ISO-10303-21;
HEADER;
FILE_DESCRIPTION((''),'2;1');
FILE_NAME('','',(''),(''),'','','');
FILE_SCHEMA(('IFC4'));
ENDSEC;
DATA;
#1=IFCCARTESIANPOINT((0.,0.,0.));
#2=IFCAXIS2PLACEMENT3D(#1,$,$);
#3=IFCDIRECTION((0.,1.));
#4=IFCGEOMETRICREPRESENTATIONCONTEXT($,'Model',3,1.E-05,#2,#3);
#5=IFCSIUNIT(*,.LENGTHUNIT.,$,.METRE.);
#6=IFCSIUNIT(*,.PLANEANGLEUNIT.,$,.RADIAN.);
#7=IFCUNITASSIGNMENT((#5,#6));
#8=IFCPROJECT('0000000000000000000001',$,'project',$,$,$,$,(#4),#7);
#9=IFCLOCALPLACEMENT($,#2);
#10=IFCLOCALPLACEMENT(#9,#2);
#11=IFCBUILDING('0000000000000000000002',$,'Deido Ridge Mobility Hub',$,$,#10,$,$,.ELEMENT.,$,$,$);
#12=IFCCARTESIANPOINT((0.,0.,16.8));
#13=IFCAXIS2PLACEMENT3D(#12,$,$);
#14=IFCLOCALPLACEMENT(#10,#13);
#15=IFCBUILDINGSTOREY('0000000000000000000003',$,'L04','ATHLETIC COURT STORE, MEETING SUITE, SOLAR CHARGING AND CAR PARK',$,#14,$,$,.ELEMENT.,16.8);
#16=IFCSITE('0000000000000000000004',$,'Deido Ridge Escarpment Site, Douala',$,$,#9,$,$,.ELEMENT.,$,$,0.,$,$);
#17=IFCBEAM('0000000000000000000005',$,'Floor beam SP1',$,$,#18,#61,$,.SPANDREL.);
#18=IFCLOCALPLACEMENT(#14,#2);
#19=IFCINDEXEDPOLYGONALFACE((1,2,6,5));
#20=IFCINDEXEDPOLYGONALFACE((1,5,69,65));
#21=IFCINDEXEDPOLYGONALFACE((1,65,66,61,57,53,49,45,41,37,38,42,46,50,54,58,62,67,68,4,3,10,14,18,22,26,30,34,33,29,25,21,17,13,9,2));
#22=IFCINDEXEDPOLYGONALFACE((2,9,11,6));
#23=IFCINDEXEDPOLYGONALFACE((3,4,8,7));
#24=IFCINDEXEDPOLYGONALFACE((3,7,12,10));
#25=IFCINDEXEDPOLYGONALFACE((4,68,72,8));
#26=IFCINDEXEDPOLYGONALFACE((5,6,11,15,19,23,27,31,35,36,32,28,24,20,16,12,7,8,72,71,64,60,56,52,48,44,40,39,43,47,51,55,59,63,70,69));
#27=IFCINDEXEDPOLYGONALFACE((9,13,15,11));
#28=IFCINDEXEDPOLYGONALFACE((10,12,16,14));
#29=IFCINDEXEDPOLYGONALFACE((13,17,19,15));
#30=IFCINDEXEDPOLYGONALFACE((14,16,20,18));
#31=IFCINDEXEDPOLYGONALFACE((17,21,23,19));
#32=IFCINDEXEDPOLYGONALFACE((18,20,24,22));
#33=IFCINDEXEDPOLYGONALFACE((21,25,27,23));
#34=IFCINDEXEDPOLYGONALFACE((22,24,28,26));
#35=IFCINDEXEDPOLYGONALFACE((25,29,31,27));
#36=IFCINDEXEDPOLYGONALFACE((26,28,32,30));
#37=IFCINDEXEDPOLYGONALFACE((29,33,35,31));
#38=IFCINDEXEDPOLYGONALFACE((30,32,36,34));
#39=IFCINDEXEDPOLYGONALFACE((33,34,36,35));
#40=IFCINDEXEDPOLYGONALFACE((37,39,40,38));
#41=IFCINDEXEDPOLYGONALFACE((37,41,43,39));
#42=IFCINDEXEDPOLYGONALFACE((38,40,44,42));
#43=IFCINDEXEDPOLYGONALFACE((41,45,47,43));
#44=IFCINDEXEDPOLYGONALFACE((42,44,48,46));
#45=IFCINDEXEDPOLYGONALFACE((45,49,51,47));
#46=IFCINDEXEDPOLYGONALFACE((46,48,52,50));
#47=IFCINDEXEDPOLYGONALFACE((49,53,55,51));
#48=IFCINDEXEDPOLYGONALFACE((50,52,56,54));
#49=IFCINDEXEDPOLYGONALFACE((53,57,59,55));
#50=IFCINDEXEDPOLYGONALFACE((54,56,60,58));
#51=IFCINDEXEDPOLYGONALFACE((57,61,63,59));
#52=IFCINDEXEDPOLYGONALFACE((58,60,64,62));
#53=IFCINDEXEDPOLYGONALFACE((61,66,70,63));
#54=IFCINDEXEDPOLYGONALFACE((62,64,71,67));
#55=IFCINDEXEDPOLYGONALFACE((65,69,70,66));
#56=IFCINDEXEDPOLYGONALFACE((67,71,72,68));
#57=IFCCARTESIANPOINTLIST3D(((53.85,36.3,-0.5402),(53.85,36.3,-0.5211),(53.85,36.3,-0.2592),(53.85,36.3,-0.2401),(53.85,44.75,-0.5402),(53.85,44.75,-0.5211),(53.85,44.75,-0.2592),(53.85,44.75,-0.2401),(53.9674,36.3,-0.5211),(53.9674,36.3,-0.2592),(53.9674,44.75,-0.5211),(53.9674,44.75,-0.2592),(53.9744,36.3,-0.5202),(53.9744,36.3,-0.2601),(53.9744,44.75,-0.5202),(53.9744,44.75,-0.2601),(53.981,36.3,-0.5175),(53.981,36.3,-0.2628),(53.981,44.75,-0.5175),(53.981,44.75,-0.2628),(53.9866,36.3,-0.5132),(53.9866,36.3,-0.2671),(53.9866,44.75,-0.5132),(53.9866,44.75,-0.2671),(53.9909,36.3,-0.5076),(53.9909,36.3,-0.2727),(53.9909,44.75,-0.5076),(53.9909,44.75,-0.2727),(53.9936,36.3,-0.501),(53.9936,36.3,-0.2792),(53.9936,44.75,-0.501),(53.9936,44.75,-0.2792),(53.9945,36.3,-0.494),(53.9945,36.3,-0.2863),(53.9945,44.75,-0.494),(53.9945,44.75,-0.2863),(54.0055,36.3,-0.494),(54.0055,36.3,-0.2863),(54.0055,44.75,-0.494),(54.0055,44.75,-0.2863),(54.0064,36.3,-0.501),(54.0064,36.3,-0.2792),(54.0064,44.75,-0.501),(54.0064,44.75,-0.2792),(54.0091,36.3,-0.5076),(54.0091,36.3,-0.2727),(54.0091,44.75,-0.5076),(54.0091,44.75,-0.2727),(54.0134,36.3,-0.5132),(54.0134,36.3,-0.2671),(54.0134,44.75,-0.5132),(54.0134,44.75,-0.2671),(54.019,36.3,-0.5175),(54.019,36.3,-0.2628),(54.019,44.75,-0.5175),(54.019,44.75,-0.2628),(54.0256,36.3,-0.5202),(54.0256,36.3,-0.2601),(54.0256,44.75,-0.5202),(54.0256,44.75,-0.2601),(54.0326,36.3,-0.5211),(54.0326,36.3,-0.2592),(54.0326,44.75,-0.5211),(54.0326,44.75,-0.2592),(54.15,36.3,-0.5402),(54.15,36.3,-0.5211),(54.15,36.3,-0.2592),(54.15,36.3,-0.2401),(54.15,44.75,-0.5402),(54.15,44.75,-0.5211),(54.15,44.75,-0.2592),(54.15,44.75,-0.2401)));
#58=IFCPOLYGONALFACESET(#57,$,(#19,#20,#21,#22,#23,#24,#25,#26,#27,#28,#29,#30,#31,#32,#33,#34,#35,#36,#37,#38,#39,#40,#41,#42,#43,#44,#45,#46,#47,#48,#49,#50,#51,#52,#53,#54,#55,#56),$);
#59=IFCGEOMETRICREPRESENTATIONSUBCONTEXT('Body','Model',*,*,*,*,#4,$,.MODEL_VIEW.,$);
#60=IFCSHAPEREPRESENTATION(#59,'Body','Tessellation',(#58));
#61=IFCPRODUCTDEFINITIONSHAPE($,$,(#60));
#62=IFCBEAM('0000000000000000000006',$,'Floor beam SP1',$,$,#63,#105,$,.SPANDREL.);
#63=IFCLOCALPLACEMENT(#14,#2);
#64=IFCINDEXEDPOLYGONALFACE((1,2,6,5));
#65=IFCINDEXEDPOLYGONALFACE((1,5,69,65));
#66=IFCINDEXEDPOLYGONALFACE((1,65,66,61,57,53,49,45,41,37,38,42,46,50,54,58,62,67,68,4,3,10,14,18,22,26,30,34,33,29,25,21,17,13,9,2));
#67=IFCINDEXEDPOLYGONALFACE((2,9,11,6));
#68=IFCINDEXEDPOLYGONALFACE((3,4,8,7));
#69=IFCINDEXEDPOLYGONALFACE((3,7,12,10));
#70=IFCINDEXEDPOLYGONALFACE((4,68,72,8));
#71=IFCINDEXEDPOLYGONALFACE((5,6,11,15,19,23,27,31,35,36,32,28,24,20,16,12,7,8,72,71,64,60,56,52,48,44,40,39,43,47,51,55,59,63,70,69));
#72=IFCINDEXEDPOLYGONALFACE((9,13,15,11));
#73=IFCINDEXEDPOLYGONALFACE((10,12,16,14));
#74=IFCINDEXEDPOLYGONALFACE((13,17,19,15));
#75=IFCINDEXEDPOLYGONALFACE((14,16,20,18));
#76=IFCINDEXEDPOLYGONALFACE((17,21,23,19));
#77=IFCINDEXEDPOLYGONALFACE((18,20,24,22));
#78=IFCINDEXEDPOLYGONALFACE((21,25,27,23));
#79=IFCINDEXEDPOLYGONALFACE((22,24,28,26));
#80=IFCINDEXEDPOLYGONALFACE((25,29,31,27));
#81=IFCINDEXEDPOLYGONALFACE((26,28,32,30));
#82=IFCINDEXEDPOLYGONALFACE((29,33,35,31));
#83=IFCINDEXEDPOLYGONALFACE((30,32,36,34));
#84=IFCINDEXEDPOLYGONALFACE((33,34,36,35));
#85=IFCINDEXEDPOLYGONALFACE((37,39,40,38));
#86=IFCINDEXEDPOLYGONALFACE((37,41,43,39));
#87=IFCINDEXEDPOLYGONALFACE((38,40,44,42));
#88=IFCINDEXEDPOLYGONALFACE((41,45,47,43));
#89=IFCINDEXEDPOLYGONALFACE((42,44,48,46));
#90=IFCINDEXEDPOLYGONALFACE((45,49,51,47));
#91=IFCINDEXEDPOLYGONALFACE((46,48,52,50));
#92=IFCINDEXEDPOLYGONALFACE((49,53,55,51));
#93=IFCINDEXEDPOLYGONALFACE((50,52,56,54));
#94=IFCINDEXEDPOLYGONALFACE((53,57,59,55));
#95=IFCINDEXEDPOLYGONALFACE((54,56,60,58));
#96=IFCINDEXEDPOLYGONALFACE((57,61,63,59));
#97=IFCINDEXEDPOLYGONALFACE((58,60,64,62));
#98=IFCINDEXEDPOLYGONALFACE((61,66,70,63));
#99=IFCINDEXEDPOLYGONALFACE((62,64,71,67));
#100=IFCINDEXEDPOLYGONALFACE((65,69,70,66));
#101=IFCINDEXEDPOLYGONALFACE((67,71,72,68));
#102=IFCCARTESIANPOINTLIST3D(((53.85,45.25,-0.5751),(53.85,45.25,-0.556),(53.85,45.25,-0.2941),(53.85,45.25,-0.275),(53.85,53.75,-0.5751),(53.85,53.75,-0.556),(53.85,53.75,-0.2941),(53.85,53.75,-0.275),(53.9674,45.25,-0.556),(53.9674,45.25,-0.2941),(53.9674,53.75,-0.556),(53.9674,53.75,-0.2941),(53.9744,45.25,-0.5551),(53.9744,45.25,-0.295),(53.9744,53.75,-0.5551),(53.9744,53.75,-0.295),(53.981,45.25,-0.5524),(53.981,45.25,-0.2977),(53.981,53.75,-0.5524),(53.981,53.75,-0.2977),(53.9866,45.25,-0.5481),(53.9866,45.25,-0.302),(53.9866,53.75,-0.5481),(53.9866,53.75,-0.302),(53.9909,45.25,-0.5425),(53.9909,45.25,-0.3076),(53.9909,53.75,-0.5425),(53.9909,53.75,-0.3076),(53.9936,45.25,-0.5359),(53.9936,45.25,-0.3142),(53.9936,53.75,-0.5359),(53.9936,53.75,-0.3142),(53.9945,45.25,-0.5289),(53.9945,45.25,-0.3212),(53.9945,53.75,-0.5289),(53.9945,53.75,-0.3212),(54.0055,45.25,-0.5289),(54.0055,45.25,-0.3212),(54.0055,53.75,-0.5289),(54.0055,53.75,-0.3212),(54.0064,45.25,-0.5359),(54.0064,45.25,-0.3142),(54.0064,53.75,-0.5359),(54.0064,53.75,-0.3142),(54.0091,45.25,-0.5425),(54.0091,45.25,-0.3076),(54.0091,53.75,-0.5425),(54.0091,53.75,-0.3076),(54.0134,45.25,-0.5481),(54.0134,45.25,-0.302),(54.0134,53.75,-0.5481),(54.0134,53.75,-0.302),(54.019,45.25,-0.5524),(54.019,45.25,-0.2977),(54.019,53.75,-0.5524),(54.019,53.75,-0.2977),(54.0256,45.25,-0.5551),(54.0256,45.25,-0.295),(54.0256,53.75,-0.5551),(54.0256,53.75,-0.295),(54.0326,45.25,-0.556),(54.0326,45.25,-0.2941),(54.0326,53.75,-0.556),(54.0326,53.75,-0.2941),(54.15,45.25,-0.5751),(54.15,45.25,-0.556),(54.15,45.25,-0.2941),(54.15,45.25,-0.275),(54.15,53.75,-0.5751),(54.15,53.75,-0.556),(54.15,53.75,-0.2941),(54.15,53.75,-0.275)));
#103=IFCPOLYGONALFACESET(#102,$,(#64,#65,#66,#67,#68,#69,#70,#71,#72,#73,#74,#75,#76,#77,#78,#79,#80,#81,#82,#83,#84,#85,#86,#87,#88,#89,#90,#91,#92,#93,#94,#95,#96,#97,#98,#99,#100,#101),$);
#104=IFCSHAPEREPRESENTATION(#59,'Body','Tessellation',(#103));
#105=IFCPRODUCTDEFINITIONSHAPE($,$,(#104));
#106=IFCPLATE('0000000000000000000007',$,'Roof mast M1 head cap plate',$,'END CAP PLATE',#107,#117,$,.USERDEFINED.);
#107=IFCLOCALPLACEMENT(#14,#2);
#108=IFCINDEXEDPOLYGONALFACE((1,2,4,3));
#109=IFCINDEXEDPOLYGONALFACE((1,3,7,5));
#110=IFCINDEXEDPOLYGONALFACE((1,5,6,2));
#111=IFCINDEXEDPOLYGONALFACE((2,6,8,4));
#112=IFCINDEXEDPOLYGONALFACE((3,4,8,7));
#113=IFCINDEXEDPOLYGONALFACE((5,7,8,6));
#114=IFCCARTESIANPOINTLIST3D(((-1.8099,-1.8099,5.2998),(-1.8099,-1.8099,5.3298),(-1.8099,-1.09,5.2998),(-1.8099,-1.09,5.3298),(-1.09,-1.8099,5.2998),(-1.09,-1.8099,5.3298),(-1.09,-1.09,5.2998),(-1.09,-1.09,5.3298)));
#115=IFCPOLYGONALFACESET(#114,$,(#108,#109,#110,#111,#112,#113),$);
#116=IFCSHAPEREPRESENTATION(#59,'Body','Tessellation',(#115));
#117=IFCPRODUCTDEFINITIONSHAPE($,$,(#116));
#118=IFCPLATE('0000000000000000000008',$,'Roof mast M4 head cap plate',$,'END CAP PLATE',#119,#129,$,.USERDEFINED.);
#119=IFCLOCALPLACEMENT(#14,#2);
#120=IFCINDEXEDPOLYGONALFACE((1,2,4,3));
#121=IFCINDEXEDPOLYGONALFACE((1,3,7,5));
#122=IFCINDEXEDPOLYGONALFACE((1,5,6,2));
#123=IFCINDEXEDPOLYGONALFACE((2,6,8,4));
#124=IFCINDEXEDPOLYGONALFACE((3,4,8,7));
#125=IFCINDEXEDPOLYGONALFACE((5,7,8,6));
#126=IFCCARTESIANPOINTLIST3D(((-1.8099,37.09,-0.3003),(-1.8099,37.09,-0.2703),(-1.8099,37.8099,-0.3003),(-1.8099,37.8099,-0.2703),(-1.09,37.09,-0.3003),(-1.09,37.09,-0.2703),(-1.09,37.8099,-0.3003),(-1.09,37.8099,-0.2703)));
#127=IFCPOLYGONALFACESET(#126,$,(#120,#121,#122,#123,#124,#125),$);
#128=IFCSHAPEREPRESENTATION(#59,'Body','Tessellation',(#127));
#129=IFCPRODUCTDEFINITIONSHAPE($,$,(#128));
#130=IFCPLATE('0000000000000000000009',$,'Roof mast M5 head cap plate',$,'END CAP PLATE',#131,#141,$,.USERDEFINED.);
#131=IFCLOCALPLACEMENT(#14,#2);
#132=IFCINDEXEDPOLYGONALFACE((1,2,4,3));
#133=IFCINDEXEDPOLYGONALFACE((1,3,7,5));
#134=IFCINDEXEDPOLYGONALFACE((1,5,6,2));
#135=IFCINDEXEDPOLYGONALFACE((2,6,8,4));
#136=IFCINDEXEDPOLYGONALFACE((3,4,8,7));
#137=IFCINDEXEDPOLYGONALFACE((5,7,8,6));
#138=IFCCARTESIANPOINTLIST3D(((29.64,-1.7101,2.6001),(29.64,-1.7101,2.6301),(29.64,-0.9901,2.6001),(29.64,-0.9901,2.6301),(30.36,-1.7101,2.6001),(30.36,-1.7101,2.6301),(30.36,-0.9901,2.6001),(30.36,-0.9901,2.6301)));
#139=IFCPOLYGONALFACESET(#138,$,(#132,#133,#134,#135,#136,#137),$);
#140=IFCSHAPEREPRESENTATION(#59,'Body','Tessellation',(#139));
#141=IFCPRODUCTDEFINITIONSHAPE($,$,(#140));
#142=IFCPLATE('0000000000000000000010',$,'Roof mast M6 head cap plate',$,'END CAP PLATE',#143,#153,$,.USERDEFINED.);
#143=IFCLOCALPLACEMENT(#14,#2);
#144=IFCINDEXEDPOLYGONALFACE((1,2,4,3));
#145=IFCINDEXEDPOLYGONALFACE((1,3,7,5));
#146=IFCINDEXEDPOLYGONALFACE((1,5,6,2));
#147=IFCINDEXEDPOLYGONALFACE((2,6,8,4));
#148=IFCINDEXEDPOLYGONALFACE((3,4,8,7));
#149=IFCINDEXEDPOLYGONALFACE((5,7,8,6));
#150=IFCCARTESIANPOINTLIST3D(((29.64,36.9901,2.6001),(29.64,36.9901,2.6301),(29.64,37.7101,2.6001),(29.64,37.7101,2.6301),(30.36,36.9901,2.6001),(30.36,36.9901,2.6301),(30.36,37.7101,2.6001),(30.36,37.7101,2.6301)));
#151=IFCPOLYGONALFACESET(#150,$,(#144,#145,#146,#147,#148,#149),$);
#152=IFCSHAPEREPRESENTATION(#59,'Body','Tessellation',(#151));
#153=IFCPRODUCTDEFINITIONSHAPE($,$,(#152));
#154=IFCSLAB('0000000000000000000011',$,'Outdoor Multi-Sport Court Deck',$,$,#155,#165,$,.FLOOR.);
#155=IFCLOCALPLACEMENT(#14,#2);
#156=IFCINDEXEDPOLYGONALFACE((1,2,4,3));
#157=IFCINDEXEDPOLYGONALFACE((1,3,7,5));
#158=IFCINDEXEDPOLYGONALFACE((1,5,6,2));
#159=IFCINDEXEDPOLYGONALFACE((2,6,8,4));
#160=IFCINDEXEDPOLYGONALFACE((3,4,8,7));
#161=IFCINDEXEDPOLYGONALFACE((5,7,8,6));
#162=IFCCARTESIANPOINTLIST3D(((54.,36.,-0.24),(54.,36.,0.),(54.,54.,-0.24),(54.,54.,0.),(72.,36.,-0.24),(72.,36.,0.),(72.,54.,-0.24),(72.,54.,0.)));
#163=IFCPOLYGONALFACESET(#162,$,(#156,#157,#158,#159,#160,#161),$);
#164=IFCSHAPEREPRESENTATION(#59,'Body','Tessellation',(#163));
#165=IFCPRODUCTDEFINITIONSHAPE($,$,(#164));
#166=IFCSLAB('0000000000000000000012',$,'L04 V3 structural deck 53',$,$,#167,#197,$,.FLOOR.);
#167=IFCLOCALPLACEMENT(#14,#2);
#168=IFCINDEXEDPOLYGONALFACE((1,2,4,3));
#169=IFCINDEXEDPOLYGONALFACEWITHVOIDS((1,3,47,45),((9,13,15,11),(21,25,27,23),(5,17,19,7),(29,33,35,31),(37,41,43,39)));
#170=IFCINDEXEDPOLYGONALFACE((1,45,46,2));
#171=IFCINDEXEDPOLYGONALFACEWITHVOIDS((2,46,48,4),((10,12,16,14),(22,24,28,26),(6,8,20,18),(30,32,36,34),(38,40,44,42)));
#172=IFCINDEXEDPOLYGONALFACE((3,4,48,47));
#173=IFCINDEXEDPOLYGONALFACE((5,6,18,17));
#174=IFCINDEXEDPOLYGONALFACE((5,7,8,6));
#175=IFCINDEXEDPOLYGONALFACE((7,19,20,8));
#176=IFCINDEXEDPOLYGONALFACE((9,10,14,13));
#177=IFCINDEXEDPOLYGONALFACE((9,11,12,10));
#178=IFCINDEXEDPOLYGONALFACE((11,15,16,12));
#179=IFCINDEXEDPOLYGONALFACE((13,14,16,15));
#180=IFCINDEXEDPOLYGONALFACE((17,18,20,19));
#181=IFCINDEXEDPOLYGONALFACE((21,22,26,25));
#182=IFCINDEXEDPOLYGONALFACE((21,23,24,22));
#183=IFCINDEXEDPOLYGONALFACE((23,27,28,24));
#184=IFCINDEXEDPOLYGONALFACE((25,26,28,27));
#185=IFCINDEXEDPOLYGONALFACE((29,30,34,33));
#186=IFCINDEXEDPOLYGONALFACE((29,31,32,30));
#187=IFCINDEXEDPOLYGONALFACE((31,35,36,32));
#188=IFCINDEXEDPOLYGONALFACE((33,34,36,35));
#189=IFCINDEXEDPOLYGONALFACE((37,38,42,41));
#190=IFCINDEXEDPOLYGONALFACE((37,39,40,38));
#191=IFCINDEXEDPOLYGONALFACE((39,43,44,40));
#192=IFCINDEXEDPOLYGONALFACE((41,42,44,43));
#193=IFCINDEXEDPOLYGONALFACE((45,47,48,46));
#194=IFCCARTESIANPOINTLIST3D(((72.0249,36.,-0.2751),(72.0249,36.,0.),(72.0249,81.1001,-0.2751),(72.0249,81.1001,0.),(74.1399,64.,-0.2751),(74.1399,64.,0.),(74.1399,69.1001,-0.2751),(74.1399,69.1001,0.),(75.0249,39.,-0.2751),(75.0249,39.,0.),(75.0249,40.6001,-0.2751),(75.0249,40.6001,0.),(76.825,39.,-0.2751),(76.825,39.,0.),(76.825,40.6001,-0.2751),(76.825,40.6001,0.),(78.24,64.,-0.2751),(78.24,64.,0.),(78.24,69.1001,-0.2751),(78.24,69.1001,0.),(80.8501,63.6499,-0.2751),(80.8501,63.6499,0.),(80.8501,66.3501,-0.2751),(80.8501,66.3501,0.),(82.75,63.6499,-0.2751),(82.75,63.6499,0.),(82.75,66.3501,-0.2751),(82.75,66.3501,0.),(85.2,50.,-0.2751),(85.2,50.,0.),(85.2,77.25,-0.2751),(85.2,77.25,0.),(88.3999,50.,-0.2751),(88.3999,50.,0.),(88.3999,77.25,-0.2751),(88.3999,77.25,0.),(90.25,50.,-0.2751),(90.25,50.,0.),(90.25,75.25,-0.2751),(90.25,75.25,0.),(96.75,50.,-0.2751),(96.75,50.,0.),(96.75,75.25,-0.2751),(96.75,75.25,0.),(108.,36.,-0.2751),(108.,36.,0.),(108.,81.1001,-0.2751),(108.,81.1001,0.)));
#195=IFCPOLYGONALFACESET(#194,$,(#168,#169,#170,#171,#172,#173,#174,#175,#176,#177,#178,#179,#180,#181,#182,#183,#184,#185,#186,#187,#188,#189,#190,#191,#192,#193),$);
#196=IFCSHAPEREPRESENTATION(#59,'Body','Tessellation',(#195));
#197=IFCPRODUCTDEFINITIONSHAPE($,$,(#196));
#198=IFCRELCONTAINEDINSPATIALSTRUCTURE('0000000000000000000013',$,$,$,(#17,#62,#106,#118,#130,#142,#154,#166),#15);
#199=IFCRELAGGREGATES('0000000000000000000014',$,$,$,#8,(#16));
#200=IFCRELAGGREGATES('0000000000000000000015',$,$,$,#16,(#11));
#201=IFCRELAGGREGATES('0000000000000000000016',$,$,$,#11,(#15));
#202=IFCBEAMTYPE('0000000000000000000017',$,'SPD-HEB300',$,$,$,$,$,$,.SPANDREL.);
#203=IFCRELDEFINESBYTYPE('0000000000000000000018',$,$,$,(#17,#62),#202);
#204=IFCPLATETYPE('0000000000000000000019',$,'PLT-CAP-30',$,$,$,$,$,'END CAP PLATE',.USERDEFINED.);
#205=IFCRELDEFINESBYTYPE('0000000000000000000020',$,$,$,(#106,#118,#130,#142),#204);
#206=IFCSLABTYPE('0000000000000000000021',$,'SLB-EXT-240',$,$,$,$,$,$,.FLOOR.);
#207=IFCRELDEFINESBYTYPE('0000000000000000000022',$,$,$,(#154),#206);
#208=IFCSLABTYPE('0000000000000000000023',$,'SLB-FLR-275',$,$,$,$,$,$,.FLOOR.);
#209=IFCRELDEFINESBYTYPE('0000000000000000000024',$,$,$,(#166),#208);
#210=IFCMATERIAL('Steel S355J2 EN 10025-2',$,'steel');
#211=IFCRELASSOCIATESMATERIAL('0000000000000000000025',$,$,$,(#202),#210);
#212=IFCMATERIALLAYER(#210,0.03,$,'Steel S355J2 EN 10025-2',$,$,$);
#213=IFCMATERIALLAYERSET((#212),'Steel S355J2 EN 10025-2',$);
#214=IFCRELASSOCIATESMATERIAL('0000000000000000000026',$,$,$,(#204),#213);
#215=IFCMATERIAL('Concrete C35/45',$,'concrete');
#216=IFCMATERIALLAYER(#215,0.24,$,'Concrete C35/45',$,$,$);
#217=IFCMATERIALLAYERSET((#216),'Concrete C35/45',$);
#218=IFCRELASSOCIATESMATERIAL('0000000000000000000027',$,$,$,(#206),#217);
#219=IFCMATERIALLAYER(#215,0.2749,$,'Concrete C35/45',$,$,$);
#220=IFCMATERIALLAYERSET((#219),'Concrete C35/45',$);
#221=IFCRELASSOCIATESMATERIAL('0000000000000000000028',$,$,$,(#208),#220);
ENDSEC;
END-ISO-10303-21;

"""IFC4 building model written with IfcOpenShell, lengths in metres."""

from ifc_helpers import new_model, si_unit, direction, frame, origin, origin_2d, place, context, subcontext, project, spatial, polyline, rectangle, i_section, outline, extrude, material, layer, layer_set, material_profile, profile_set, type_object, element, save


model = new_model("IFC4")

# Units and contexts
model_context = context("Model", 3, precision=1e-05, world=origin(), true_north=direction((0.0, 1.0)))
body_context = subcontext(model_context, "Body", "Model", "MODEL_VIEW")
ifc_project = project(units=[si_unit("LENGTHUNIT", "METRE"), si_unit("PLANEANGLEUNIT", "RADIAN")], contexts=[model_context])

# Site, building, storey
site_placement = place(None, origin())
site = spatial("IfcSite", under=ifc_project, at=site_placement, Name="Deido Ridge Escarpment Site, Douala", CompositionType="ELEMENT", RefElevation=0.0)
building_placement = place(site_placement, origin())
building = spatial("IfcBuilding", under=site, at=building_placement, Name="Deido Ridge Mobility Hub", CompositionType="ELEMENT")
storey_placement = place(building_placement, frame((0.0, 0.0, 16.8)))
storey = spatial("IfcBuildingStorey", under=building, at=storey_placement, Name="L04", Description="ATHLETIC COURT STORE, MEETING SUITE, SOLAR CHARGING AND CAR PARK", CompositionType="ELEMENT", Elevation=16.8)

# Beams
ifc_material_1 = material(Name="Steel S355J2 EN 10025-2", Category="steel")
ifc_material_profile = material_profile(ifc_material_1, i_section(OverallWidth=0.3, OverallDepth=0.3, WebThickness=0.011, FlangeThickness=0.019, FilletRadius=0.0271, at=origin_2d()), Name="HEB 300")
ifc_profile_set = profile_set([ifc_material_profile], Name="Steel S355J2 EN 10025-2")
beam_type = type_object("IfcBeamType", Name="SPD-HEB300", PredefinedType="SPANDREL", material=ifc_profile_set)
beam_1_placement = place(storey_placement, frame((54.0, 36.3, -0.3901), z_axis=(0.0, 1.0, 0.0), x_axis=(-1.0, 0.0, 0.0)))
element("IfcBeam", 1, at=beam_1_placement, inside=storey, type_object=beam_type, Name="Floor beam SP1", PredefinedType="SPANDREL", context=body_context, shape_type="SweptSolid", body=[
    extrude(i_section(OverallWidth=0.3, OverallDepth=0.3, WebThickness=0.011, FlangeThickness=0.019, FilletRadius=0.0271, at=origin_2d()), origin(), (0.0, 0.0, 1.0), 8.45),
])
beam_2_placement = place(storey_placement, frame((54.0, 45.25, -0.425), z_axis=(0.0, 1.0, 0.0), x_axis=(-1.0, 0.0, 0.0)))
element("IfcBeam", 2, at=beam_2_placement, inside=storey, type_object=beam_type, Name="Floor beam SP1", PredefinedType="SPANDREL", context=body_context, shape_type="SweptSolid", body=[
    extrude(i_section(OverallWidth=0.3, OverallDepth=0.3, WebThickness=0.011, FlangeThickness=0.019, FilletRadius=0.0271, at=origin_2d()), origin(), (0.0, 0.0, 1.0), 8.5),
])

# Plates
ifc_layer_1 = layer(ifc_material_1, 0.03, Name="Steel S355J2 EN 10025-2")
ifc_layer_set_1 = layer_set([ifc_layer_1], Name="Steel S355J2 EN 10025-2")
plate_type = type_object("IfcPlateType", Name="PLT-CAP-30", ElementType="END CAP PLATE", PredefinedType="USERDEFINED", material=ifc_layer_set_1)
for number, where, z_axis, x_axis, name in (
    (3, (-1.45, -1.45, 5.2998), (0.0, 0.0, 1.0), (1.0, 0.0, 0.0), "Roof mast M1 head cap plate"),
    (4, (-1.45, 37.45, -0.3003), (0.0, 0.0, 1.0), (1.0, 0.0, 0.0), "Roof mast M4 head cap plate"),
    (5, (30.0, -1.3501, 2.6001), (0.0, 0.0, 1.0), (1.0, 0.0, 0.0), "Roof mast M5 head cap plate"),
    (6, (30.0, 37.3501, 2.6001), (0.0, 0.0, 1.0), (1.0, 0.0, 0.0), "Roof mast M6 head cap plate"),
):
    element("IfcPlate", number, at=place(storey_placement, frame(where, z_axis=z_axis, x_axis=x_axis)), inside=storey, type_object=plate_type, Name=name, ObjectType="END CAP PLATE", PredefinedType="USERDEFINED", context=body_context, shape_type="SweptSolid", body=[
        extrude(rectangle(XDim=0.72, YDim=0.72, at=origin_2d()), origin(), (0.0, 0.0, 1.0), 0.03),
    ])

# Slabs
ifc_material_2 = material(Name="Concrete C35/45", Category="concrete")
ifc_layer_2 = layer(ifc_material_2, 0.24, Name="Concrete C35/45")
ifc_layer_set_2 = layer_set([ifc_layer_2], Name="Concrete C35/45")
slab_type_1 = type_object("IfcSlabType", Name="SLB-EXT-240", PredefinedType="FLOOR", material=ifc_layer_set_2)
slab_1_placement = place(storey_placement, frame((0.0, 0.0, -0.24)))
element("IfcSlab", 7, at=slab_1_placement, inside=storey, type_object=slab_type_1, Name="Outdoor Multi-Sport Court Deck", PredefinedType="FLOOR", context=body_context, shape_type="SweptSolid", body=[
    extrude(outline(polyline([(54.0, 36.0), (72.0, 36.0), (72.0, 54.0), (54.0, 54.0), (54.0, 36.0)])), origin(), (0.0, 0.0, 1.0), 0.24),
])
ifc_layer_3 = layer(ifc_material_2, 0.2749, Name="Concrete C35/45")
ifc_layer_set_3 = layer_set([ifc_layer_3], Name="Concrete C35/45")
slab_type_2 = type_object("IfcSlabType", Name="SLB-FLR-275", PredefinedType="FLOOR", material=ifc_layer_set_3)
slab_2_placement = place(storey_placement, frame((0.0, 0.0, -0.2751)))
element("IfcSlab", 8, at=slab_2_placement, inside=storey, type_object=slab_type_2, Name="L04 V3 structural deck 53", PredefinedType="FLOOR", context=body_context, shape_type="SweptSolid", body=[
    extrude(outline(polyline([(108.0, 36.0), (72.0249, 36.0), (72.0249, 81.1001), (108.0, 81.1001), (108.0, 36.0)]), holes=[polyline([(76.825, 39.0), (75.0249, 39.0), (75.0249, 40.6001), (76.825, 40.6001), (76.825, 39.0)]), polyline([(90.25, 50.0), (90.25, 75.25), (96.75, 75.25), (96.75, 50.0), (90.25, 50.0)]), polyline([(85.2, 50.0), (85.2, 77.25), (88.3999, 77.25), (88.3999, 50.0), (85.2, 50.0)]), polyline([(80.8501, 63.6499), (80.8501, 66.3501), (82.75, 66.3501), (82.75, 63.6499), (80.8501, 63.6499)]), polyline([(74.1399, 64.0), (74.1399, 69.1001), (78.24, 69.1001), (78.24, 64.0), (74.1399, 64.0)])]), origin(), (0.0, 0.0, 1.0), 0.2751),
])

save(model, "model.ifc")
